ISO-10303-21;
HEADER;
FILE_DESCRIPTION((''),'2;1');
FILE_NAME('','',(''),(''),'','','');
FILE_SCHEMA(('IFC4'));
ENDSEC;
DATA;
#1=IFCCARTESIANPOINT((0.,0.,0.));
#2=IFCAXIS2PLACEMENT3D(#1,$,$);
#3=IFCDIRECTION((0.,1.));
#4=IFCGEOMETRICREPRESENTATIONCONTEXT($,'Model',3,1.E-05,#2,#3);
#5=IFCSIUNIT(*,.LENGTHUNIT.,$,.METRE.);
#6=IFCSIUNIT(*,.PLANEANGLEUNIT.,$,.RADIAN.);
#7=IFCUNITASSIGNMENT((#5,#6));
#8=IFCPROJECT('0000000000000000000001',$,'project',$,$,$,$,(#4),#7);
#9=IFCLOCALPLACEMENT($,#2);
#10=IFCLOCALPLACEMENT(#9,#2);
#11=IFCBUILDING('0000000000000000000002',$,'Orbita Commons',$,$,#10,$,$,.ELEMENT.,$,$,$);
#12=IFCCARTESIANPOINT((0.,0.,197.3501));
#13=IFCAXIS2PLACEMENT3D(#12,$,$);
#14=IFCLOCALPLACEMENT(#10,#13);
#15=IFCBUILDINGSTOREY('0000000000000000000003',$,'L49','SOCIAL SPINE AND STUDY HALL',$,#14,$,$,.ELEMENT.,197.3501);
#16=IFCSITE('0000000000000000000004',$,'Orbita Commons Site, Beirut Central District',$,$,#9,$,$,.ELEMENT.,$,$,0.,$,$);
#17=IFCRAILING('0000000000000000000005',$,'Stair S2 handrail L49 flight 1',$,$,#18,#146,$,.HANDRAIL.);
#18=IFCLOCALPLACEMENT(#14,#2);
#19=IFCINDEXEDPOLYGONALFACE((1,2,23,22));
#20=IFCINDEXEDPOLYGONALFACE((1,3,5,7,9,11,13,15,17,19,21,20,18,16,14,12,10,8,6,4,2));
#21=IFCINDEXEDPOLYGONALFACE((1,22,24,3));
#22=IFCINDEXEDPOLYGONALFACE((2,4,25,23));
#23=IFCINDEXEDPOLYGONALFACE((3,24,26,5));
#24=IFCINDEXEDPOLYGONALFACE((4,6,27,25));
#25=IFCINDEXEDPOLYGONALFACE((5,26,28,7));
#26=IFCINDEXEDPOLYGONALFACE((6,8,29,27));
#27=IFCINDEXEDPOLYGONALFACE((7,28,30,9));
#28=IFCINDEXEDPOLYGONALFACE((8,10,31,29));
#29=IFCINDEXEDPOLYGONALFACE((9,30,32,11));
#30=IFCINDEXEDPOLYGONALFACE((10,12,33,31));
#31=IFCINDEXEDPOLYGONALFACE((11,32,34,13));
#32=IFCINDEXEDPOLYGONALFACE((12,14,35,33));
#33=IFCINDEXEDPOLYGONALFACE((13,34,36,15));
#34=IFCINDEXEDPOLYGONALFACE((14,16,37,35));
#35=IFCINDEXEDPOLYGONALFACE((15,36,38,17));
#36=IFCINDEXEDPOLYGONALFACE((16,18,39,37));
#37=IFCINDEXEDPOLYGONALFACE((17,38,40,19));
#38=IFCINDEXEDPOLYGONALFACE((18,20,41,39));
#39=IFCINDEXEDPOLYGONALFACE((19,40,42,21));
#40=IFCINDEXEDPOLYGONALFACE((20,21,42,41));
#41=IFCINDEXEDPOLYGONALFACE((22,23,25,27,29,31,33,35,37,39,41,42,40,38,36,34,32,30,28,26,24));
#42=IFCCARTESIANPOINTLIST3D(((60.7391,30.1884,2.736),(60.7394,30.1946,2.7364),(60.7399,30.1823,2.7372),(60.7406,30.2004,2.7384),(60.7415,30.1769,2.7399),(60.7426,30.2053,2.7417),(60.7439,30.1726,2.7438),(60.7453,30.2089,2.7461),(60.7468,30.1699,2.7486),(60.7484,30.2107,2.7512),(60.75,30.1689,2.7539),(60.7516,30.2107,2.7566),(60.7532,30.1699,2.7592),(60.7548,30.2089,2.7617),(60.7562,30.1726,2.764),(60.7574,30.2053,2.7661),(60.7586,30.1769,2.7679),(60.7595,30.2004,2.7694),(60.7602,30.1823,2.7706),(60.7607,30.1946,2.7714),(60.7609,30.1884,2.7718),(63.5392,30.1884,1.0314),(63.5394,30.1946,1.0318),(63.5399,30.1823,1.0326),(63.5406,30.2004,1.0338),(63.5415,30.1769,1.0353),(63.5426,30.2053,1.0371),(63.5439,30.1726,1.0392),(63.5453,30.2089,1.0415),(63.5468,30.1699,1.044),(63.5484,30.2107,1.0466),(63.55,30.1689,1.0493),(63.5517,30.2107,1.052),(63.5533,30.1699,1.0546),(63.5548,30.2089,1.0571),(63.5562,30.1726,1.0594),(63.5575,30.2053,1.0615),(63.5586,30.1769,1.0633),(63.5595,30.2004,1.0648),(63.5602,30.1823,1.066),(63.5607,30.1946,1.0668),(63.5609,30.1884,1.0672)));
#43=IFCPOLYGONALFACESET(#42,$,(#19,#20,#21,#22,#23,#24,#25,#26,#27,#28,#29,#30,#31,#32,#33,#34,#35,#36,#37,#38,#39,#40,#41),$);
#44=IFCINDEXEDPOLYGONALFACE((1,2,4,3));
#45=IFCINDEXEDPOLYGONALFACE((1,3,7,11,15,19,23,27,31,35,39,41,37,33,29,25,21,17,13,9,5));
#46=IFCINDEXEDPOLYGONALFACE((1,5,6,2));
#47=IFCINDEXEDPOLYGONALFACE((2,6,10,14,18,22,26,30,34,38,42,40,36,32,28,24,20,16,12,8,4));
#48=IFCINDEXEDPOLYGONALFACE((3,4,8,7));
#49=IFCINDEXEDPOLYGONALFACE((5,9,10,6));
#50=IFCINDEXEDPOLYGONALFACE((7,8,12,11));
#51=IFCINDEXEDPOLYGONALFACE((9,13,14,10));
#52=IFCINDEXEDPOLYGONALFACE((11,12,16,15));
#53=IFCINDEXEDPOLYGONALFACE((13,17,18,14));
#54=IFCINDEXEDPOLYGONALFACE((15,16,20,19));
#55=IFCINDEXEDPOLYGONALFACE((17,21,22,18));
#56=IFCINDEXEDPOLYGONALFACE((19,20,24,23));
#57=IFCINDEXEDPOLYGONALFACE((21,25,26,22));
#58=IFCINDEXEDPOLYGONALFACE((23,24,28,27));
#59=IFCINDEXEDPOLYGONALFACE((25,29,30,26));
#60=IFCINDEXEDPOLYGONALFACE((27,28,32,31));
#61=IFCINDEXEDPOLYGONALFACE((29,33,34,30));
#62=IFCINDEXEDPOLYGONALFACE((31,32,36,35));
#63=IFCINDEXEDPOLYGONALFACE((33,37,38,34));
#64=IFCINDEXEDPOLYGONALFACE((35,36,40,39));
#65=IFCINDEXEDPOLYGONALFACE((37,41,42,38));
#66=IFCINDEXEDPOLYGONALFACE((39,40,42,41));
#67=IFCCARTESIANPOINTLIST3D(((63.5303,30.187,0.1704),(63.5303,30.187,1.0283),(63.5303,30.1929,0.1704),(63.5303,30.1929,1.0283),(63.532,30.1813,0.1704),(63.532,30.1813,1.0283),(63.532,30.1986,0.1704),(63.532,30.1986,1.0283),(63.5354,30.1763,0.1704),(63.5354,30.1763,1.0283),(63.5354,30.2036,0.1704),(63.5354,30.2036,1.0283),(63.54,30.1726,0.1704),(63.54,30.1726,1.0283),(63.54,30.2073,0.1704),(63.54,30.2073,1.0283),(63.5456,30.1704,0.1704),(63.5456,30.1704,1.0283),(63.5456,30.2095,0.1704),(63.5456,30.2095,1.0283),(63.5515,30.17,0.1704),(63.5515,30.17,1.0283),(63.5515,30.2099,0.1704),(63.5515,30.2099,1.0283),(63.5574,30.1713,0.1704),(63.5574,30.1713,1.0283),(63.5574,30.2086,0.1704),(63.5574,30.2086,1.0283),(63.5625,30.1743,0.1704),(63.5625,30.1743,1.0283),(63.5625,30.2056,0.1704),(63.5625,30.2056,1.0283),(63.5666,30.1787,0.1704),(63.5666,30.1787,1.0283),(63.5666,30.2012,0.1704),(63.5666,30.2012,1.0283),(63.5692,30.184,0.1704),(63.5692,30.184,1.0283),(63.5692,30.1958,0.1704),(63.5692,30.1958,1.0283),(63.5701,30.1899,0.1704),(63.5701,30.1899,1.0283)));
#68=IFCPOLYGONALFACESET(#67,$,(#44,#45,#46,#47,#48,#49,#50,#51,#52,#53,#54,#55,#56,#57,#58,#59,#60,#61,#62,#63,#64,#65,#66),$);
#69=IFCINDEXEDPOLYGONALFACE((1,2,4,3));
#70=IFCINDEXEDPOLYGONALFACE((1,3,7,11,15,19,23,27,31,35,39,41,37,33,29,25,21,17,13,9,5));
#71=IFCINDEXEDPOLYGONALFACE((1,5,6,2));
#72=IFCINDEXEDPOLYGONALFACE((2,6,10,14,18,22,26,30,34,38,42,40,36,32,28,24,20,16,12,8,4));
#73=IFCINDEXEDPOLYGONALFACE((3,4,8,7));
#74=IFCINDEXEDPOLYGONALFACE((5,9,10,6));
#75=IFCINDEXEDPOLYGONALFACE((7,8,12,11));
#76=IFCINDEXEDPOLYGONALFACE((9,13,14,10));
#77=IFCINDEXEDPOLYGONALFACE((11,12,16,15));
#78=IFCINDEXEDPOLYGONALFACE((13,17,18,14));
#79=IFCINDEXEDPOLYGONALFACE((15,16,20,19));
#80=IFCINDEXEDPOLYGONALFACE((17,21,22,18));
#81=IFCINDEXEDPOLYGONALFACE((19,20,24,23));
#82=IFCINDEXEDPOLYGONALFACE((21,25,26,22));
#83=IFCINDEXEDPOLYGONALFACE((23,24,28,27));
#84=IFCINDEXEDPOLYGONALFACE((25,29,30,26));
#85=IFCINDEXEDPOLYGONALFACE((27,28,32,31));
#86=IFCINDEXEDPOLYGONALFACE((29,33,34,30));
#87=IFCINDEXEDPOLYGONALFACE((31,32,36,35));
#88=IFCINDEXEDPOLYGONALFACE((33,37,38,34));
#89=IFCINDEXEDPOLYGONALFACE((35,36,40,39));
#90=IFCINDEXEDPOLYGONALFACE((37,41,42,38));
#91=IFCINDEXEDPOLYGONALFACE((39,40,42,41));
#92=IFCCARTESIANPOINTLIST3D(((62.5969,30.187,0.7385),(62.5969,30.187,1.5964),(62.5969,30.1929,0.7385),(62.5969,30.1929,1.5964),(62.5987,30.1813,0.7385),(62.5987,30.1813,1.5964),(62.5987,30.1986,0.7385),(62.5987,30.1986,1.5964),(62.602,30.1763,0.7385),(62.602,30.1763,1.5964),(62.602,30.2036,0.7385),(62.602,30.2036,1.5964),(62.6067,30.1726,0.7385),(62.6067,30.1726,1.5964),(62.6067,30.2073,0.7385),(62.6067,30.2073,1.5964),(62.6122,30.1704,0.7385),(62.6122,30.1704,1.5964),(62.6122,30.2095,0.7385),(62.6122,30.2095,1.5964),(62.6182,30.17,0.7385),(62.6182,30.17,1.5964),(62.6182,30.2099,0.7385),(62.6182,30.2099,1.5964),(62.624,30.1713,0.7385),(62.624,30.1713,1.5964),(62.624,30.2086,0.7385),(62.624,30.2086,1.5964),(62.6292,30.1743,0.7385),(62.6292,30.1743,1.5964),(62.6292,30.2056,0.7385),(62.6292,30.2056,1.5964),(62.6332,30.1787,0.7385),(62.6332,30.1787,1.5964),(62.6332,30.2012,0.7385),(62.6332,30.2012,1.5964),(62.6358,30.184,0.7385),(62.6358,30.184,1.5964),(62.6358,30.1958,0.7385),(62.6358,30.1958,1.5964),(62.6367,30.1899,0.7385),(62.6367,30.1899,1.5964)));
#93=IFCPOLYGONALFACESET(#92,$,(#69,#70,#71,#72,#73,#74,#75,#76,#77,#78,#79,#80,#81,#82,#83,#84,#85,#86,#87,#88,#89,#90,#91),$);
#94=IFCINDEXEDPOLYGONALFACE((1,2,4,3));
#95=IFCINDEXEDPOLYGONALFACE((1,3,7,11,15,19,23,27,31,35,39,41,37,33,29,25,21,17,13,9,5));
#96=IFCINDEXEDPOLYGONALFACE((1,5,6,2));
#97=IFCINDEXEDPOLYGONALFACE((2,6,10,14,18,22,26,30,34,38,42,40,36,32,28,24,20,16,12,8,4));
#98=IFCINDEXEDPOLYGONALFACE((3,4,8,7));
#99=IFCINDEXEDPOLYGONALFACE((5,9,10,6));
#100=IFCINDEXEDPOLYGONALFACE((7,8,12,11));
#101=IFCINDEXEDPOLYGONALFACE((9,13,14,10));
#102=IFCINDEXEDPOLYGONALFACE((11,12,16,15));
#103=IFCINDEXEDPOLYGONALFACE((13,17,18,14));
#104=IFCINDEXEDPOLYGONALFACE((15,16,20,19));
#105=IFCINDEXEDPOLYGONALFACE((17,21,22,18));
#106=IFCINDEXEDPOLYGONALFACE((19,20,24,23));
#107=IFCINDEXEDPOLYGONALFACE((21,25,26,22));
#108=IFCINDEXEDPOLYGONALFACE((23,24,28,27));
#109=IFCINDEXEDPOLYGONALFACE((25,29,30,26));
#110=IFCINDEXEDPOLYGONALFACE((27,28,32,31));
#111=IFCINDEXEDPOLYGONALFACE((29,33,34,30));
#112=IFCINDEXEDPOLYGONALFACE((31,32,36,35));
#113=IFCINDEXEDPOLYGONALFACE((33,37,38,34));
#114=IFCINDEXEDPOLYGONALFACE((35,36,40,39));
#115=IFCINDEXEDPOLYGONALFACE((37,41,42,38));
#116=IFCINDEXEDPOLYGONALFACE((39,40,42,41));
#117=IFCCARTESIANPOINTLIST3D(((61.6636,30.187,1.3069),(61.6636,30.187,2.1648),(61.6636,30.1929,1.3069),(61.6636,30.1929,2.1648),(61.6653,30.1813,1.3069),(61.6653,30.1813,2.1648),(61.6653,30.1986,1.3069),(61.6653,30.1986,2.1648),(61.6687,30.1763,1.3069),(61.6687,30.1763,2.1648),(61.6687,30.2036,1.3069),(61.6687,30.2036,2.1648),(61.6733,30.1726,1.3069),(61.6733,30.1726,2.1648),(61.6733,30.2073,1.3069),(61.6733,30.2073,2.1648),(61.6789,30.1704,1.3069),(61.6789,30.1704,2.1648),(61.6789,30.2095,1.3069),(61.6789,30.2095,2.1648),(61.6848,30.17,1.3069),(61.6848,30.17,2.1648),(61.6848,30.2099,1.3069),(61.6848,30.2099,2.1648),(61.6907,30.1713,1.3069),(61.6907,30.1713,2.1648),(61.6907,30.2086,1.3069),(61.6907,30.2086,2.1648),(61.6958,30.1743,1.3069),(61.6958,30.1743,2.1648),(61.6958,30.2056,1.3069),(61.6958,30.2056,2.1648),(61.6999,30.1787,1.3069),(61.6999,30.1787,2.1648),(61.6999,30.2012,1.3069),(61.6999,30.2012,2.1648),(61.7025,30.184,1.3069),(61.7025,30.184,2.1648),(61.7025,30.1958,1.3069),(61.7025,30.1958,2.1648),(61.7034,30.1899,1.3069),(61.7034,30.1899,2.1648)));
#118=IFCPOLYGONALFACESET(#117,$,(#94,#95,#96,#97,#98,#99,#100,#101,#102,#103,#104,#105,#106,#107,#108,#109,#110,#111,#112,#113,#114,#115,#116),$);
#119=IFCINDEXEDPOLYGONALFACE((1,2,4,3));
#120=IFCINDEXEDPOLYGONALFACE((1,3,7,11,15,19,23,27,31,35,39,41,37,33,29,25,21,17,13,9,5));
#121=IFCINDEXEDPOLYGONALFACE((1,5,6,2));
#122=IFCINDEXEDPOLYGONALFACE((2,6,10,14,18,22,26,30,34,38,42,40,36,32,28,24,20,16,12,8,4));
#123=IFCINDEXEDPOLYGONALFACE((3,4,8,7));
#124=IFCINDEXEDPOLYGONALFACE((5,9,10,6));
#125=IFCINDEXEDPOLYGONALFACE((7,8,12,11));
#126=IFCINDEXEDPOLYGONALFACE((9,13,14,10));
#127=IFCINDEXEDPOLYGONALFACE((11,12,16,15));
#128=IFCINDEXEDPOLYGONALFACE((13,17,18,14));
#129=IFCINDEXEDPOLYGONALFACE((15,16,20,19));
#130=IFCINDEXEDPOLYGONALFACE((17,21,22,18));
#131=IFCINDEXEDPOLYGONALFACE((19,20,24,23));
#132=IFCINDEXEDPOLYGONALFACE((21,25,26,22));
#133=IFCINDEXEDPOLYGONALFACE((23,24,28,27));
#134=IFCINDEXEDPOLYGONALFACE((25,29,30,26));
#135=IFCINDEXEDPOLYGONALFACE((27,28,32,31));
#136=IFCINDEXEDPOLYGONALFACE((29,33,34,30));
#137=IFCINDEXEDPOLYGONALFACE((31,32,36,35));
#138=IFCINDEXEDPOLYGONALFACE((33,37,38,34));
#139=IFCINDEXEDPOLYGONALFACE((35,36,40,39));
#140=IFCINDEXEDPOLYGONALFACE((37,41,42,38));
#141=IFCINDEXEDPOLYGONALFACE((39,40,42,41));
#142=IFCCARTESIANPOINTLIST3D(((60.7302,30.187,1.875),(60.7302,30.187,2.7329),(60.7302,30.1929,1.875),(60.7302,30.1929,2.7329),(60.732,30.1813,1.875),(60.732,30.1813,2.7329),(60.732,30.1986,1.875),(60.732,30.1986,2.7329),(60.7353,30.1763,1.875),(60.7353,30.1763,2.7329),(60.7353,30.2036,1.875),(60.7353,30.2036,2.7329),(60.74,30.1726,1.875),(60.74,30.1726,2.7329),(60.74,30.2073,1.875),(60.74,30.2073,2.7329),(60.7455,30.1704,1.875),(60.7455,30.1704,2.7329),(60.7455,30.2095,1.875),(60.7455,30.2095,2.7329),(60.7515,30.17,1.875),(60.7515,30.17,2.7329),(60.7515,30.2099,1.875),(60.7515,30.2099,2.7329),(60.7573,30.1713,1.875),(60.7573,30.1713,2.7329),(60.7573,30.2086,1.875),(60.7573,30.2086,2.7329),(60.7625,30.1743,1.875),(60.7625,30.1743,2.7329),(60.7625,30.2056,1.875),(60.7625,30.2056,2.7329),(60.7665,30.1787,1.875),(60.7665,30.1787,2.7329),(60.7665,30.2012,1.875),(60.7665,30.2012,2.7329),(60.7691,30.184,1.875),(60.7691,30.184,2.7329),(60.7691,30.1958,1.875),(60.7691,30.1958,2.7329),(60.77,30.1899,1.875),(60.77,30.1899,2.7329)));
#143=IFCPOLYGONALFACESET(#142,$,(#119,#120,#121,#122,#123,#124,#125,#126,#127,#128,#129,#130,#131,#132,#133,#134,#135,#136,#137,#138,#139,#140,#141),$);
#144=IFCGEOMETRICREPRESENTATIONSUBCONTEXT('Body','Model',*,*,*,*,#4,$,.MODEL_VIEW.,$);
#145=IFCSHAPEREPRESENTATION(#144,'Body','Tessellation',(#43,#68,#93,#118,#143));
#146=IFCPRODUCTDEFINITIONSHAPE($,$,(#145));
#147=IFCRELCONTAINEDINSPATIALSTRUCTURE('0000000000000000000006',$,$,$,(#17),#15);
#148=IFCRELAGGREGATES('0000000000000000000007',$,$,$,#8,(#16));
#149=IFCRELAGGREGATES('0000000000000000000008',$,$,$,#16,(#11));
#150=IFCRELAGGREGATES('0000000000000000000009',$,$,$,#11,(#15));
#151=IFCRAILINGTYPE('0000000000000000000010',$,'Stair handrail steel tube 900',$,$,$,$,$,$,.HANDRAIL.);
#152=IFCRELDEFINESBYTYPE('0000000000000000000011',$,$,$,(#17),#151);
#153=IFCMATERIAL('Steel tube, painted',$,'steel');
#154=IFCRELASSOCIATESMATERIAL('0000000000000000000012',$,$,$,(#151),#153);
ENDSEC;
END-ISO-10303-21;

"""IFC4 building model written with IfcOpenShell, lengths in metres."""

from ifc_helpers import new_model, si_unit, direction, frame, origin, origin_2d, place, context, subcontext, project, spatial, circle, extrude, material, type_object, element, save


model = new_model("IFC4")

# Units and contexts
model_context = context("Model", 3, precision=1e-05, world=origin(), true_north=direction((0.0, 1.0)))
body_context = subcontext(model_context, "Body", "Model", "MODEL_VIEW")
ifc_project = project(units=[si_unit("LENGTHUNIT", "METRE"), si_unit("PLANEANGLEUNIT", "RADIAN")], contexts=[model_context])

# Site, building, storey
site_placement = place(None, origin())
site = spatial("IfcSite", under=ifc_project, at=site_placement, Name="Orbita Commons Site, Beirut Central District", CompositionType="ELEMENT", RefElevation=0.0)
building_placement = place(site_placement, origin())
building = spatial("IfcBuilding", under=site, at=building_placement, Name="Orbita Commons", CompositionType="ELEMENT")
storey_placement = place(building_placement, frame((0.0, 0.0, 197.3501)))
storey = spatial("IfcBuildingStorey", under=building, at=storey_placement, Name="L49", Description="SOCIAL SPINE AND STUDY HALL", CompositionType="ELEMENT", Elevation=197.3501)

# Railing
ifc_material_1 = material(Name="Steel tube, painted", Category="steel")
railing_type = type_object("IfcRailingType", Name="Stair handrail steel tube 900", PredefinedType="HANDRAIL", material=ifc_material_1)
for number, where, name in (
    (1, (63.55, 30.1899, 0.1704), "Stair S2 handrail L49 flight 1"),
):
    element("IfcRailing", number, at=place(storey_placement, frame(where)), inside=storey, type_object=railing_type, Name=name, PredefinedType="HANDRAIL", context=body_context, shape_type="SweptSolid", body=[
        extrude(circle(Radius=0.021, at=origin_2d()), frame((0.0, 0.0, 0.8789), z_axis=(-0.85417, 0.0, 0.519994), x_axis=(0.0, -1.0, 0.0)), (0.0, 0.0, 1.0), 3.2781),
        extrude(circle(Radius=0.02, at=origin_2d()), origin(), (0.0, 0.0, 1.0), 0.8579),
        extrude(circle(Radius=0.02, at=origin_2d()), frame((-0.9333, 0.0, 0.5681)), (0.0, 0.0, 1.0), 0.8579),
        extrude(circle(Radius=0.02, at=origin_2d()), frame((-1.8667, 0.0, 1.1365)), (0.0, 0.0, 1.0), 0.8579),
        extrude(circle(Radius=0.02, at=origin_2d()), frame((-2.8, 0.0, 1.7046)), (0.0, 0.0, 1.0), 0.8579),
    ])

save(model, "model.ifc")
